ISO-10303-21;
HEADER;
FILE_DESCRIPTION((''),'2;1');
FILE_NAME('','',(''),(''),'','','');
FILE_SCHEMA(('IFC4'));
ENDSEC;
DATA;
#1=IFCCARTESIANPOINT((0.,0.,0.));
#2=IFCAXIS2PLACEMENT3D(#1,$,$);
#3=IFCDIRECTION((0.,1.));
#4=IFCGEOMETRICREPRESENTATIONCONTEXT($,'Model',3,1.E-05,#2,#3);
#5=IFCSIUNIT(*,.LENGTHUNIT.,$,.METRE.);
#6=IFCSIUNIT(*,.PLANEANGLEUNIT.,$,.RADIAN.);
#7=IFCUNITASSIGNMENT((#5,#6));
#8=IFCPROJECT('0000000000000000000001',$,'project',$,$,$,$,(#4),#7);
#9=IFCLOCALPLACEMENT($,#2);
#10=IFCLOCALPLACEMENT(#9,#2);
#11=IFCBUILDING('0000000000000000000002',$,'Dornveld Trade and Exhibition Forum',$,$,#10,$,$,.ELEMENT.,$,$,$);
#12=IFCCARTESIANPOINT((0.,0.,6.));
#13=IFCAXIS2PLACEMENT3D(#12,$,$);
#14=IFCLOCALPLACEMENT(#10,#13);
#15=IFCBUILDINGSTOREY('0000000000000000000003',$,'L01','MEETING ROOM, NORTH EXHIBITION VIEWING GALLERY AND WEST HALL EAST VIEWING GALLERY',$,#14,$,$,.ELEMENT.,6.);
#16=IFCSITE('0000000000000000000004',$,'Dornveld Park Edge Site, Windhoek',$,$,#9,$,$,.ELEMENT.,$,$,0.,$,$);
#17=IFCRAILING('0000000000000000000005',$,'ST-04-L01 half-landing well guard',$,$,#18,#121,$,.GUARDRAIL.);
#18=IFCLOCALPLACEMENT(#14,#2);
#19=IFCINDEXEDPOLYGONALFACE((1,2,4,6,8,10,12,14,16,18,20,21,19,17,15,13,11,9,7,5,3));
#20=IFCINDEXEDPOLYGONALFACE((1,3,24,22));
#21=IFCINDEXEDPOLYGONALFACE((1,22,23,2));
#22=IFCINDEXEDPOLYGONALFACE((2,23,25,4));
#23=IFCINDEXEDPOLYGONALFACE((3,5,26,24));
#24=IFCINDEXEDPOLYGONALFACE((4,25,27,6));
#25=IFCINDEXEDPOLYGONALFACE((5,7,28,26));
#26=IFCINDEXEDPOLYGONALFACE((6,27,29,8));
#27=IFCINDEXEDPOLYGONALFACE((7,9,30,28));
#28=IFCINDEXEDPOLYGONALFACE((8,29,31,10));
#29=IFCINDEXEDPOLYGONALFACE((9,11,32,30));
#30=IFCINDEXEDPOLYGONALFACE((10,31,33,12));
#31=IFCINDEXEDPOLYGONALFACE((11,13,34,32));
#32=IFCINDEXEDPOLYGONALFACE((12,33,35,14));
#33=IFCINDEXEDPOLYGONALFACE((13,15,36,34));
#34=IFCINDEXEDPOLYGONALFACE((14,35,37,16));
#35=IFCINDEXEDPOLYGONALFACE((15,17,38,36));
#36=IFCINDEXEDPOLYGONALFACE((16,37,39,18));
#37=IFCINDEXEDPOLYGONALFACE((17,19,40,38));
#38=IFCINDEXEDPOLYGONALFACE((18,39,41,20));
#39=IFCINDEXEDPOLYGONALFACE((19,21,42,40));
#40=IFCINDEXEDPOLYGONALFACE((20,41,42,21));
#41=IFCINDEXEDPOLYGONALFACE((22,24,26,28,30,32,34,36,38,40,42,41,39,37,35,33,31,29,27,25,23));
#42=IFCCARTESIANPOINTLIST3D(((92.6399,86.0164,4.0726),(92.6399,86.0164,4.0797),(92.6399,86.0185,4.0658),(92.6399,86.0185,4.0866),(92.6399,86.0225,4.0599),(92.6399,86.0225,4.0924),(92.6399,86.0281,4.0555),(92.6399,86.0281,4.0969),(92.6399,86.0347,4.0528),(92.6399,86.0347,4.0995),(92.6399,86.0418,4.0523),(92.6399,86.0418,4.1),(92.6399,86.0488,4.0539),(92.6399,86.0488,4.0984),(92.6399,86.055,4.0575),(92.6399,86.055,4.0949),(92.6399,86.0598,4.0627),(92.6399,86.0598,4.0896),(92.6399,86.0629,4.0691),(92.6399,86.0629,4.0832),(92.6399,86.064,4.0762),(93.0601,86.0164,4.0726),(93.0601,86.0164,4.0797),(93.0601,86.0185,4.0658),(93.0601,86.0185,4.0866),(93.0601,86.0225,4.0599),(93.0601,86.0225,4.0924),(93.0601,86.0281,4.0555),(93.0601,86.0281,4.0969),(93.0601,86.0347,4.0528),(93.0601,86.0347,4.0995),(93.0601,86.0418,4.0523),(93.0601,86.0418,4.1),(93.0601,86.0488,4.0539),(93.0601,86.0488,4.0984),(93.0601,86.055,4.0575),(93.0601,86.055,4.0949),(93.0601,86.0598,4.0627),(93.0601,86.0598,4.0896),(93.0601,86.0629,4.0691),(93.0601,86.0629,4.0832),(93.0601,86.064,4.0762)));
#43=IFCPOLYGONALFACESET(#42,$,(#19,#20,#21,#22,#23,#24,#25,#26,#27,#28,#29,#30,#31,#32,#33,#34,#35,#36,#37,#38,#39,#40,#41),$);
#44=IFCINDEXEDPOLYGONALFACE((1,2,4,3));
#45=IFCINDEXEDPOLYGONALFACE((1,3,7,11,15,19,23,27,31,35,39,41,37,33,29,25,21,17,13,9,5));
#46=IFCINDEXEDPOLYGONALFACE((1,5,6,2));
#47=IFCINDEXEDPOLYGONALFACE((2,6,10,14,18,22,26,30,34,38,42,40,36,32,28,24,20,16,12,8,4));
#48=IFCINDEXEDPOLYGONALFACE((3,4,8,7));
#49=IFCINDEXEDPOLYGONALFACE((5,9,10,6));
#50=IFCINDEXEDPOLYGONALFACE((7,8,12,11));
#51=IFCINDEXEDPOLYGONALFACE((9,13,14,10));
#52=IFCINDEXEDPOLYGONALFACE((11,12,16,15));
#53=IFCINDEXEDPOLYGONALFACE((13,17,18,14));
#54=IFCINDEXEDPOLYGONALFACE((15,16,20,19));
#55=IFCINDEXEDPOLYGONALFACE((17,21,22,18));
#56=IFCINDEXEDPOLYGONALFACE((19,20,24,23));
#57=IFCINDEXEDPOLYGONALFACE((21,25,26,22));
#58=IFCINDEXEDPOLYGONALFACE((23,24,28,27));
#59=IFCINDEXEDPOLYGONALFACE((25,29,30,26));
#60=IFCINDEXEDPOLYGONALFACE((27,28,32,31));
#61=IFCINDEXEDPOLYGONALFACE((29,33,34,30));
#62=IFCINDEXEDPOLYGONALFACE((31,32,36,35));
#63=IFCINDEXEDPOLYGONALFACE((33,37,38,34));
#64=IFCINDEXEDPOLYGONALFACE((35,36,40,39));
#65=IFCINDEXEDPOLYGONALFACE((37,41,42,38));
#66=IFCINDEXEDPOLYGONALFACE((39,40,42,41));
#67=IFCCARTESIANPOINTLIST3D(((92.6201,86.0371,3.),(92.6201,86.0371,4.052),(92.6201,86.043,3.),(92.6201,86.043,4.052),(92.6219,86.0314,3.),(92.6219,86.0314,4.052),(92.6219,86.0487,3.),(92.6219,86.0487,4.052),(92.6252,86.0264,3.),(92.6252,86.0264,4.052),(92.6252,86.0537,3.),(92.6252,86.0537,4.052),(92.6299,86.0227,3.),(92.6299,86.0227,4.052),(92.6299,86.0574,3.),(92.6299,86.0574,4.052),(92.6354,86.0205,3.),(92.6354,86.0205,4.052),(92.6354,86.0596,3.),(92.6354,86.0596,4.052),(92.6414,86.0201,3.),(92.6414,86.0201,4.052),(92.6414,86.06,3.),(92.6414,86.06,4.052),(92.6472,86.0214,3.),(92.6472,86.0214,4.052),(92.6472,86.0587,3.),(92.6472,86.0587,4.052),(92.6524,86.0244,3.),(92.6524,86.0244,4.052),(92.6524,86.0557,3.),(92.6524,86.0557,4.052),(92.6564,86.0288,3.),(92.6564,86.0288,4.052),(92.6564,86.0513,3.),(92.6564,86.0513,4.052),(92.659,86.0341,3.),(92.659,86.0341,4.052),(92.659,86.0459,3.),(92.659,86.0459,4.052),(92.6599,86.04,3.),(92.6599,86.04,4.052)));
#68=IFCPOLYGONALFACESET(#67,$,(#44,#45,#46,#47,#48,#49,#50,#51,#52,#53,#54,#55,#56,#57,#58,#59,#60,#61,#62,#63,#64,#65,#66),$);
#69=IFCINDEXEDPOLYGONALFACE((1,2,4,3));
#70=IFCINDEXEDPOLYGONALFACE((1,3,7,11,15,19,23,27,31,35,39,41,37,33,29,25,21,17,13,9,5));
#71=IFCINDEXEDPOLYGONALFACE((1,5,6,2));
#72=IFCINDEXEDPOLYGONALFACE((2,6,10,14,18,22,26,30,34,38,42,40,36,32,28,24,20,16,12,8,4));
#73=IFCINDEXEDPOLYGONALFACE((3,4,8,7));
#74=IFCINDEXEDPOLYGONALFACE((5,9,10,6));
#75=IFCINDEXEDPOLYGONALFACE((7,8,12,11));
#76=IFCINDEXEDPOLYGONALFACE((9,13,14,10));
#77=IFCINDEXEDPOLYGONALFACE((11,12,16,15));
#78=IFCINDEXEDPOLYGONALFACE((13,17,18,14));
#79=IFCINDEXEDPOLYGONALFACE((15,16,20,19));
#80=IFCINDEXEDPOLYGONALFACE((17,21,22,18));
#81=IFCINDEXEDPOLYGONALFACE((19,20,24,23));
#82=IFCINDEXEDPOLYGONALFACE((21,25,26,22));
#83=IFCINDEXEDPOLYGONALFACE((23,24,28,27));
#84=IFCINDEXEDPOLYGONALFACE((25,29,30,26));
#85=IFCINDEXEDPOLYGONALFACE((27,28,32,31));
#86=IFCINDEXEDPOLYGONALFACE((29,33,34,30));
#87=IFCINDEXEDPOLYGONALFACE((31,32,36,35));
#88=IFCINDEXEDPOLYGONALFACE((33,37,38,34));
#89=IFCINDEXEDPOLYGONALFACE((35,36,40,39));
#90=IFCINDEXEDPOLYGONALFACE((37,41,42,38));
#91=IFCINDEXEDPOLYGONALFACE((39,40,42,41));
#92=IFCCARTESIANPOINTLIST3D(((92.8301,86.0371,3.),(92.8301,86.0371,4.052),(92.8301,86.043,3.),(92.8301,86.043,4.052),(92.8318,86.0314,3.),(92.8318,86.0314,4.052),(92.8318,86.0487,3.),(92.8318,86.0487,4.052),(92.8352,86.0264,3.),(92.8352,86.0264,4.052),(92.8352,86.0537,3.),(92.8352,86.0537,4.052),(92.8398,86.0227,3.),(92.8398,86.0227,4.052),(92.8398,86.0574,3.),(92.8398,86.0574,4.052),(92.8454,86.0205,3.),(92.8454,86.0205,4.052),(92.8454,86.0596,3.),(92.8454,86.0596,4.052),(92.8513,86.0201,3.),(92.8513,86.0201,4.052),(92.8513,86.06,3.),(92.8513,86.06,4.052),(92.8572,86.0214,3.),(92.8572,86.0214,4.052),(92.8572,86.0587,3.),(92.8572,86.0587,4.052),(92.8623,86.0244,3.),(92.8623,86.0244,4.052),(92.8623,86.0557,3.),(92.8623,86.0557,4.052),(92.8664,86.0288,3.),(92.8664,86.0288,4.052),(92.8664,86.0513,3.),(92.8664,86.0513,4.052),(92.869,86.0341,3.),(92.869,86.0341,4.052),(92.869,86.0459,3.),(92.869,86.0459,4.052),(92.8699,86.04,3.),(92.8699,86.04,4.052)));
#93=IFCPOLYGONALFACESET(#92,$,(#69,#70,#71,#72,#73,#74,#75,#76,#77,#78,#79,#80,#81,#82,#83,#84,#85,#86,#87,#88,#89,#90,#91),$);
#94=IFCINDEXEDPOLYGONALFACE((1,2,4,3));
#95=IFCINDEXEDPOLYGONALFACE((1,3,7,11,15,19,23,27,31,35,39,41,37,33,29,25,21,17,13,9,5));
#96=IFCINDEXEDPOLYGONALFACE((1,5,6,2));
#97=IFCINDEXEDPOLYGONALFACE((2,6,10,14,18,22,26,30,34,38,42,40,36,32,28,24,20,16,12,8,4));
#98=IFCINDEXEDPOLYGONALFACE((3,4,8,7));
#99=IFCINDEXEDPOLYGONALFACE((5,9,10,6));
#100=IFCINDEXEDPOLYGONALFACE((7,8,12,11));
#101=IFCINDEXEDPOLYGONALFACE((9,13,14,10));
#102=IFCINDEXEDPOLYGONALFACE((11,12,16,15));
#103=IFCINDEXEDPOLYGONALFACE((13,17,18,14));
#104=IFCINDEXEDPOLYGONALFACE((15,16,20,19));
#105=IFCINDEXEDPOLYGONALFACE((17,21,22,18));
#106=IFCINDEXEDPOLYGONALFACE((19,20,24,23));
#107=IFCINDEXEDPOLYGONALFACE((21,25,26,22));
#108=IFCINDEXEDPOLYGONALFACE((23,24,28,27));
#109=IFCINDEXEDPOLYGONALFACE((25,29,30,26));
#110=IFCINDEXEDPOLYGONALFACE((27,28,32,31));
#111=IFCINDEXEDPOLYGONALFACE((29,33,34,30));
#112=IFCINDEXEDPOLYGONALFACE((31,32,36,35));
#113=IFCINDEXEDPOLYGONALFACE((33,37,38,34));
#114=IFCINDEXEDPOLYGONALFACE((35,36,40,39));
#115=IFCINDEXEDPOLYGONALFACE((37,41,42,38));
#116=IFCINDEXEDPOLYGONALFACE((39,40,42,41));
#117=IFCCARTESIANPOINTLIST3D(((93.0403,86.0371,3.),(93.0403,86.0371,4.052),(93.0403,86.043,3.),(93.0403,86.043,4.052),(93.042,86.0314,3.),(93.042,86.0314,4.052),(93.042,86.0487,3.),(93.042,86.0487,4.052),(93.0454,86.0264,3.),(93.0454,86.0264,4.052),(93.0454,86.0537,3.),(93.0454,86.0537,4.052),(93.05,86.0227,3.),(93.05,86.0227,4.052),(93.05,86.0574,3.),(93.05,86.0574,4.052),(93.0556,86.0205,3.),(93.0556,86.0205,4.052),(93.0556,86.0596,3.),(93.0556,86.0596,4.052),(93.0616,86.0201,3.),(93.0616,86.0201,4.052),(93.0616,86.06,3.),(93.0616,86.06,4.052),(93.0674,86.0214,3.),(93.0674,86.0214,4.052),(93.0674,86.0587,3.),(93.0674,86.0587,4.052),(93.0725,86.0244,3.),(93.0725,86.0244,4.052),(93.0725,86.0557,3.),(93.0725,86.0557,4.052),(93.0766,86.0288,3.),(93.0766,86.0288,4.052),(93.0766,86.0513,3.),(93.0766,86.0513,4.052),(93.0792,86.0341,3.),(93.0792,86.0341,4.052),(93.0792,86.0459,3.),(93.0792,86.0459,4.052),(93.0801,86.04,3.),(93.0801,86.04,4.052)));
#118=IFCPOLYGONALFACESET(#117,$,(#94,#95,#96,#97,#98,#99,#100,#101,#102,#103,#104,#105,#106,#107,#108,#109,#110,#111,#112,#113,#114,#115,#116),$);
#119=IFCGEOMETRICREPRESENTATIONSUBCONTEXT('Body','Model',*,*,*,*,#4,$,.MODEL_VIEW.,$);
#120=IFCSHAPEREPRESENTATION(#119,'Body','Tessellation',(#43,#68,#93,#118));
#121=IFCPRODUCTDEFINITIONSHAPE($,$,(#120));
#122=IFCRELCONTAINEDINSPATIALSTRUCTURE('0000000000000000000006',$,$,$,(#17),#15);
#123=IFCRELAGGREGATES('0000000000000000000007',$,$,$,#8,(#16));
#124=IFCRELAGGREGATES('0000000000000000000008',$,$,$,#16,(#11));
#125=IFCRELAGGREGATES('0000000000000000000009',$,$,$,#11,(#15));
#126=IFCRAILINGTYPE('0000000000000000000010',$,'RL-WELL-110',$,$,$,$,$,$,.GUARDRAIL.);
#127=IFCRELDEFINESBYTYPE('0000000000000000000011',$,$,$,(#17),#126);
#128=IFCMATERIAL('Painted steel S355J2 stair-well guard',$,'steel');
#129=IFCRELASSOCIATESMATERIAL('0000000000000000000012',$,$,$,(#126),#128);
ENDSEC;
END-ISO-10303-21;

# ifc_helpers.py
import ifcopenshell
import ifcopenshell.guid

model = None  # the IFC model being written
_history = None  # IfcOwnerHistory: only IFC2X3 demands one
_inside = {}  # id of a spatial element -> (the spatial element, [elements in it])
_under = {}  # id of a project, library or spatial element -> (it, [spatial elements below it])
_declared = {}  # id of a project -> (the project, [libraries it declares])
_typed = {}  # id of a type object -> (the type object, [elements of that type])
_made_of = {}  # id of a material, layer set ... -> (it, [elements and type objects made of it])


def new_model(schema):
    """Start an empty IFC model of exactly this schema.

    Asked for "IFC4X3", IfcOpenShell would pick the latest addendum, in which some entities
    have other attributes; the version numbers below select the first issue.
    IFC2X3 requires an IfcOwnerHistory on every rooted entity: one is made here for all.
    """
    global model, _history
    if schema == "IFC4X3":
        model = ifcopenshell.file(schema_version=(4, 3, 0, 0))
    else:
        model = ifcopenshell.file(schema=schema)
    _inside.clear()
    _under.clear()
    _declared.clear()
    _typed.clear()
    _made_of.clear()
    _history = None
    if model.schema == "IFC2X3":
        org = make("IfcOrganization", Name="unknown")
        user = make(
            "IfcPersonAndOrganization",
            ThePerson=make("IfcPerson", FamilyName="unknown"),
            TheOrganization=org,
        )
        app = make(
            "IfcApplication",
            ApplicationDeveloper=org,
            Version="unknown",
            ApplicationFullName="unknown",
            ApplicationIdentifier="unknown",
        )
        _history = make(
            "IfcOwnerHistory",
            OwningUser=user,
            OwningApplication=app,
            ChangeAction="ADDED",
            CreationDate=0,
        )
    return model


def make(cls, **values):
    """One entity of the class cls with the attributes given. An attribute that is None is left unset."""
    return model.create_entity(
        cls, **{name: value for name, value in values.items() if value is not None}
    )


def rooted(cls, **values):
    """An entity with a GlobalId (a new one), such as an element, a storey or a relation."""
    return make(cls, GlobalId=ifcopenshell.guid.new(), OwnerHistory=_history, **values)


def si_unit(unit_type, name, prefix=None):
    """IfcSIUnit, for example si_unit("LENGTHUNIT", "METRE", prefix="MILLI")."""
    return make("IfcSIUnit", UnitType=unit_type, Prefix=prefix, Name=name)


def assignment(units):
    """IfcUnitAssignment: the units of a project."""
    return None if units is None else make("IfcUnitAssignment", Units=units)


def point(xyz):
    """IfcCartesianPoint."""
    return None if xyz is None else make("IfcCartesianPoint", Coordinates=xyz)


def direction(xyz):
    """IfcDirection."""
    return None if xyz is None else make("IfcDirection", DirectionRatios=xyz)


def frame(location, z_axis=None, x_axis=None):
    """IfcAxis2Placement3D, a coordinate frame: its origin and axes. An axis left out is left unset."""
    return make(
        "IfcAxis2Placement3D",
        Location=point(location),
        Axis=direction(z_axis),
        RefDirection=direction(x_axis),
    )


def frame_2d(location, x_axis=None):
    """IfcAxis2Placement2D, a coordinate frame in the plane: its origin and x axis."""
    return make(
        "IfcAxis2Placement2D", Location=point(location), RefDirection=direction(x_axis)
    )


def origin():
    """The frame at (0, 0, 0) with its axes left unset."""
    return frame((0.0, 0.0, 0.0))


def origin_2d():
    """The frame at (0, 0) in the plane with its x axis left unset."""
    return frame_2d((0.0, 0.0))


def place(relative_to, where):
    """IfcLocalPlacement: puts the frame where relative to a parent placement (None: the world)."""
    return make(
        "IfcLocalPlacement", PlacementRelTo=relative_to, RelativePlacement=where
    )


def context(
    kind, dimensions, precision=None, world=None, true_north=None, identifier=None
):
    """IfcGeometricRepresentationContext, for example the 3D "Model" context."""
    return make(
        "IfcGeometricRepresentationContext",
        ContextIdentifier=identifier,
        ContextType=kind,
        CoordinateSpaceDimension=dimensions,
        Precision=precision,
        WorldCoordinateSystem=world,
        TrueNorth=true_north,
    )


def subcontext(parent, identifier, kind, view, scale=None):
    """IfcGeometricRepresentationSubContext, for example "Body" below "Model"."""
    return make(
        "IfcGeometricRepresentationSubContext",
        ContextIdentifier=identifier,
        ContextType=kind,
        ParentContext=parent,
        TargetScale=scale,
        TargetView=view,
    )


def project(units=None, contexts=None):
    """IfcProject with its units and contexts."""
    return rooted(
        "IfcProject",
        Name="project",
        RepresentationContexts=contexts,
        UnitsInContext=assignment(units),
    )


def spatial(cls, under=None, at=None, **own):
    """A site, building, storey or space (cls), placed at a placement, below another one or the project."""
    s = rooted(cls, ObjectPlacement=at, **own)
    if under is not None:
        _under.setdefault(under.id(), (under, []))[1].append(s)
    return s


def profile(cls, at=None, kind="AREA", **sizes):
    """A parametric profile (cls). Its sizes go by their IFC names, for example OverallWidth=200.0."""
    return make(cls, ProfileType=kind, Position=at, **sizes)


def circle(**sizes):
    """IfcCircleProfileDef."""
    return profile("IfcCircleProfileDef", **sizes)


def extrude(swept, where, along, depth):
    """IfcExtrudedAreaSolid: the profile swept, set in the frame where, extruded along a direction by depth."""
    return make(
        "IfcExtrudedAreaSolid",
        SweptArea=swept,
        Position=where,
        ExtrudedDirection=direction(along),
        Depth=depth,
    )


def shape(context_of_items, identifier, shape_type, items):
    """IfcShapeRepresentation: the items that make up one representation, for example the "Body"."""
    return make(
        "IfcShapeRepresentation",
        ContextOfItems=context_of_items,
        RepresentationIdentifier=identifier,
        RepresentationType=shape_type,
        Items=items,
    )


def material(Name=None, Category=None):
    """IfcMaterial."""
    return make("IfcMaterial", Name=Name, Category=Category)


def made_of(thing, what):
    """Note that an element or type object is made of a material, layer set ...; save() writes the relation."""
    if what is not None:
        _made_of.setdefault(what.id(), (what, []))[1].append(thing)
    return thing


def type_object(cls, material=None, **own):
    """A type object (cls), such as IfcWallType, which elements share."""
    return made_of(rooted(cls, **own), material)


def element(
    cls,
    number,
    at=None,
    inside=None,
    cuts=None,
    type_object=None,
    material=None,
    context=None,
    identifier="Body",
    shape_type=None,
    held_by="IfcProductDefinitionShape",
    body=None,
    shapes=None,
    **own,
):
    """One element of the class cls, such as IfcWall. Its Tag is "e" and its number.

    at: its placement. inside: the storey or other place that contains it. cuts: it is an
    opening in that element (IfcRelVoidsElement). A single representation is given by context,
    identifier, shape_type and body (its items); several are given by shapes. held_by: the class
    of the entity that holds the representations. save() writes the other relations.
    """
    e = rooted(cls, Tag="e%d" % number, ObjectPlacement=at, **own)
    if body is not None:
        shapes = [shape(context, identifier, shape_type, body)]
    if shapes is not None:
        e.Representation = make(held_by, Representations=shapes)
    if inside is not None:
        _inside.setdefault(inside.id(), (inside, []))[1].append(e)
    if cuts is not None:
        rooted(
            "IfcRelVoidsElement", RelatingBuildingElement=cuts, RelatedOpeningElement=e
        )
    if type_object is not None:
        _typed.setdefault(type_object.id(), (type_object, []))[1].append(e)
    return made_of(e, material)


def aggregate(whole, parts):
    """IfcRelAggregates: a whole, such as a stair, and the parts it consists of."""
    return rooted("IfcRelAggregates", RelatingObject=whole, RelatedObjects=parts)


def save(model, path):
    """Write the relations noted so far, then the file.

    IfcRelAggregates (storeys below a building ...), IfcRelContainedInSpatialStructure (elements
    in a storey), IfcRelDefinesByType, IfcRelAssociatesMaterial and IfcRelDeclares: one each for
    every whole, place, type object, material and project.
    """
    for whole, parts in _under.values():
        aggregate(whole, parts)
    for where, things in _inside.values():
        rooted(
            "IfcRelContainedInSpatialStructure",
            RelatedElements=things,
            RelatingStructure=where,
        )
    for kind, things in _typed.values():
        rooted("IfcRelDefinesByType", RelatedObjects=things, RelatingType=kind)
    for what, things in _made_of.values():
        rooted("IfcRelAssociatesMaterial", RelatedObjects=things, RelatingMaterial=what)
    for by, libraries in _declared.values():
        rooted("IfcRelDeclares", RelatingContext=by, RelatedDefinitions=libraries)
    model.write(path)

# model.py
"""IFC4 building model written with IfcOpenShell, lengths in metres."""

from ifc_helpers import new_model, si_unit, direction, frame, origin, origin_2d, place, context, subcontext, project, spatial, circle, extrude, material, type_object, element, save


model = new_model("IFC4")

# Units and contexts
model_context = context("Model", 3, precision=1e-05, world=origin(), true_north=direction((0.0, 1.0)))
body_context = subcontext(model_context, "Body", "Model", "MODEL_VIEW")
ifc_project = project(units=[si_unit("LENGTHUNIT", "METRE"), si_unit("PLANEANGLEUNIT", "RADIAN")], contexts=[model_context])

# Site, building, storey
site_placement = place(None, origin())
site = spatial("IfcSite", under=ifc_project, at=site_placement, Name="Dornveld Park Edge Site, Windhoek", CompositionType="ELEMENT", RefElevation=0.0)
building_placement = place(site_placement, origin())
building = spatial("IfcBuilding", under=site, at=building_placement, Name="Dornveld Trade and Exhibition Forum", CompositionType="ELEMENT")
storey_placement = place(building_placement, frame((0.0, 0.0, 6.0)))
storey = spatial("IfcBuildingStorey", under=building, at=storey_placement, Name="L01", Description="MEETING ROOM, NORTH EXHIBITION VIEWING GALLERY AND WEST HALL EAST VIEWING GALLERY", CompositionType="ELEMENT", Elevation=6.0)

# Railing
ifc_material_1 = material(Name="Painted steel S355J2 stair-well guard", Category="steel")
railing_type_1 = type_object("IfcRailingType", Name="RL-WELL-110", PredefinedType="GUARDRAIL", material=ifc_material_1)
railing_1_placement = place(storey_placement, frame((92.6399, 86.04, 3.0)))
element("IfcRailing", 1, at=railing_1_placement, inside=storey, type_object=railing_type_1, Name="ST-04-L01 half-landing well guard", PredefinedType="GUARDRAIL", context=body_context, shape_type="SweptSolid", body=[
    extrude(circle(Radius=0.0239, at=origin_2d()), frame((0.0, 0.0, 1.0762), z_axis=(1.0, 0.0, 0.0), x_axis=(0.0, 1.0, 0.0)), (0.0, 0.0, 1.0), 0.4202),
    extrude(circle(Radius=0.02, at=origin_2d()), origin(), (0.0, 0.0, 1.0), 1.052),
    extrude(circle(Radius=0.02, at=origin_2d()), frame((0.21, 0.0, 0.0)), (0.0, 0.0, 1.0), 1.052),
    extrude(circle(Radius=0.02, at=origin_2d()), frame((0.4202, 0.0, 0.0)), (0.0, 0.0, 1.0), 1.052),
])

save(model, "model.ifc")
